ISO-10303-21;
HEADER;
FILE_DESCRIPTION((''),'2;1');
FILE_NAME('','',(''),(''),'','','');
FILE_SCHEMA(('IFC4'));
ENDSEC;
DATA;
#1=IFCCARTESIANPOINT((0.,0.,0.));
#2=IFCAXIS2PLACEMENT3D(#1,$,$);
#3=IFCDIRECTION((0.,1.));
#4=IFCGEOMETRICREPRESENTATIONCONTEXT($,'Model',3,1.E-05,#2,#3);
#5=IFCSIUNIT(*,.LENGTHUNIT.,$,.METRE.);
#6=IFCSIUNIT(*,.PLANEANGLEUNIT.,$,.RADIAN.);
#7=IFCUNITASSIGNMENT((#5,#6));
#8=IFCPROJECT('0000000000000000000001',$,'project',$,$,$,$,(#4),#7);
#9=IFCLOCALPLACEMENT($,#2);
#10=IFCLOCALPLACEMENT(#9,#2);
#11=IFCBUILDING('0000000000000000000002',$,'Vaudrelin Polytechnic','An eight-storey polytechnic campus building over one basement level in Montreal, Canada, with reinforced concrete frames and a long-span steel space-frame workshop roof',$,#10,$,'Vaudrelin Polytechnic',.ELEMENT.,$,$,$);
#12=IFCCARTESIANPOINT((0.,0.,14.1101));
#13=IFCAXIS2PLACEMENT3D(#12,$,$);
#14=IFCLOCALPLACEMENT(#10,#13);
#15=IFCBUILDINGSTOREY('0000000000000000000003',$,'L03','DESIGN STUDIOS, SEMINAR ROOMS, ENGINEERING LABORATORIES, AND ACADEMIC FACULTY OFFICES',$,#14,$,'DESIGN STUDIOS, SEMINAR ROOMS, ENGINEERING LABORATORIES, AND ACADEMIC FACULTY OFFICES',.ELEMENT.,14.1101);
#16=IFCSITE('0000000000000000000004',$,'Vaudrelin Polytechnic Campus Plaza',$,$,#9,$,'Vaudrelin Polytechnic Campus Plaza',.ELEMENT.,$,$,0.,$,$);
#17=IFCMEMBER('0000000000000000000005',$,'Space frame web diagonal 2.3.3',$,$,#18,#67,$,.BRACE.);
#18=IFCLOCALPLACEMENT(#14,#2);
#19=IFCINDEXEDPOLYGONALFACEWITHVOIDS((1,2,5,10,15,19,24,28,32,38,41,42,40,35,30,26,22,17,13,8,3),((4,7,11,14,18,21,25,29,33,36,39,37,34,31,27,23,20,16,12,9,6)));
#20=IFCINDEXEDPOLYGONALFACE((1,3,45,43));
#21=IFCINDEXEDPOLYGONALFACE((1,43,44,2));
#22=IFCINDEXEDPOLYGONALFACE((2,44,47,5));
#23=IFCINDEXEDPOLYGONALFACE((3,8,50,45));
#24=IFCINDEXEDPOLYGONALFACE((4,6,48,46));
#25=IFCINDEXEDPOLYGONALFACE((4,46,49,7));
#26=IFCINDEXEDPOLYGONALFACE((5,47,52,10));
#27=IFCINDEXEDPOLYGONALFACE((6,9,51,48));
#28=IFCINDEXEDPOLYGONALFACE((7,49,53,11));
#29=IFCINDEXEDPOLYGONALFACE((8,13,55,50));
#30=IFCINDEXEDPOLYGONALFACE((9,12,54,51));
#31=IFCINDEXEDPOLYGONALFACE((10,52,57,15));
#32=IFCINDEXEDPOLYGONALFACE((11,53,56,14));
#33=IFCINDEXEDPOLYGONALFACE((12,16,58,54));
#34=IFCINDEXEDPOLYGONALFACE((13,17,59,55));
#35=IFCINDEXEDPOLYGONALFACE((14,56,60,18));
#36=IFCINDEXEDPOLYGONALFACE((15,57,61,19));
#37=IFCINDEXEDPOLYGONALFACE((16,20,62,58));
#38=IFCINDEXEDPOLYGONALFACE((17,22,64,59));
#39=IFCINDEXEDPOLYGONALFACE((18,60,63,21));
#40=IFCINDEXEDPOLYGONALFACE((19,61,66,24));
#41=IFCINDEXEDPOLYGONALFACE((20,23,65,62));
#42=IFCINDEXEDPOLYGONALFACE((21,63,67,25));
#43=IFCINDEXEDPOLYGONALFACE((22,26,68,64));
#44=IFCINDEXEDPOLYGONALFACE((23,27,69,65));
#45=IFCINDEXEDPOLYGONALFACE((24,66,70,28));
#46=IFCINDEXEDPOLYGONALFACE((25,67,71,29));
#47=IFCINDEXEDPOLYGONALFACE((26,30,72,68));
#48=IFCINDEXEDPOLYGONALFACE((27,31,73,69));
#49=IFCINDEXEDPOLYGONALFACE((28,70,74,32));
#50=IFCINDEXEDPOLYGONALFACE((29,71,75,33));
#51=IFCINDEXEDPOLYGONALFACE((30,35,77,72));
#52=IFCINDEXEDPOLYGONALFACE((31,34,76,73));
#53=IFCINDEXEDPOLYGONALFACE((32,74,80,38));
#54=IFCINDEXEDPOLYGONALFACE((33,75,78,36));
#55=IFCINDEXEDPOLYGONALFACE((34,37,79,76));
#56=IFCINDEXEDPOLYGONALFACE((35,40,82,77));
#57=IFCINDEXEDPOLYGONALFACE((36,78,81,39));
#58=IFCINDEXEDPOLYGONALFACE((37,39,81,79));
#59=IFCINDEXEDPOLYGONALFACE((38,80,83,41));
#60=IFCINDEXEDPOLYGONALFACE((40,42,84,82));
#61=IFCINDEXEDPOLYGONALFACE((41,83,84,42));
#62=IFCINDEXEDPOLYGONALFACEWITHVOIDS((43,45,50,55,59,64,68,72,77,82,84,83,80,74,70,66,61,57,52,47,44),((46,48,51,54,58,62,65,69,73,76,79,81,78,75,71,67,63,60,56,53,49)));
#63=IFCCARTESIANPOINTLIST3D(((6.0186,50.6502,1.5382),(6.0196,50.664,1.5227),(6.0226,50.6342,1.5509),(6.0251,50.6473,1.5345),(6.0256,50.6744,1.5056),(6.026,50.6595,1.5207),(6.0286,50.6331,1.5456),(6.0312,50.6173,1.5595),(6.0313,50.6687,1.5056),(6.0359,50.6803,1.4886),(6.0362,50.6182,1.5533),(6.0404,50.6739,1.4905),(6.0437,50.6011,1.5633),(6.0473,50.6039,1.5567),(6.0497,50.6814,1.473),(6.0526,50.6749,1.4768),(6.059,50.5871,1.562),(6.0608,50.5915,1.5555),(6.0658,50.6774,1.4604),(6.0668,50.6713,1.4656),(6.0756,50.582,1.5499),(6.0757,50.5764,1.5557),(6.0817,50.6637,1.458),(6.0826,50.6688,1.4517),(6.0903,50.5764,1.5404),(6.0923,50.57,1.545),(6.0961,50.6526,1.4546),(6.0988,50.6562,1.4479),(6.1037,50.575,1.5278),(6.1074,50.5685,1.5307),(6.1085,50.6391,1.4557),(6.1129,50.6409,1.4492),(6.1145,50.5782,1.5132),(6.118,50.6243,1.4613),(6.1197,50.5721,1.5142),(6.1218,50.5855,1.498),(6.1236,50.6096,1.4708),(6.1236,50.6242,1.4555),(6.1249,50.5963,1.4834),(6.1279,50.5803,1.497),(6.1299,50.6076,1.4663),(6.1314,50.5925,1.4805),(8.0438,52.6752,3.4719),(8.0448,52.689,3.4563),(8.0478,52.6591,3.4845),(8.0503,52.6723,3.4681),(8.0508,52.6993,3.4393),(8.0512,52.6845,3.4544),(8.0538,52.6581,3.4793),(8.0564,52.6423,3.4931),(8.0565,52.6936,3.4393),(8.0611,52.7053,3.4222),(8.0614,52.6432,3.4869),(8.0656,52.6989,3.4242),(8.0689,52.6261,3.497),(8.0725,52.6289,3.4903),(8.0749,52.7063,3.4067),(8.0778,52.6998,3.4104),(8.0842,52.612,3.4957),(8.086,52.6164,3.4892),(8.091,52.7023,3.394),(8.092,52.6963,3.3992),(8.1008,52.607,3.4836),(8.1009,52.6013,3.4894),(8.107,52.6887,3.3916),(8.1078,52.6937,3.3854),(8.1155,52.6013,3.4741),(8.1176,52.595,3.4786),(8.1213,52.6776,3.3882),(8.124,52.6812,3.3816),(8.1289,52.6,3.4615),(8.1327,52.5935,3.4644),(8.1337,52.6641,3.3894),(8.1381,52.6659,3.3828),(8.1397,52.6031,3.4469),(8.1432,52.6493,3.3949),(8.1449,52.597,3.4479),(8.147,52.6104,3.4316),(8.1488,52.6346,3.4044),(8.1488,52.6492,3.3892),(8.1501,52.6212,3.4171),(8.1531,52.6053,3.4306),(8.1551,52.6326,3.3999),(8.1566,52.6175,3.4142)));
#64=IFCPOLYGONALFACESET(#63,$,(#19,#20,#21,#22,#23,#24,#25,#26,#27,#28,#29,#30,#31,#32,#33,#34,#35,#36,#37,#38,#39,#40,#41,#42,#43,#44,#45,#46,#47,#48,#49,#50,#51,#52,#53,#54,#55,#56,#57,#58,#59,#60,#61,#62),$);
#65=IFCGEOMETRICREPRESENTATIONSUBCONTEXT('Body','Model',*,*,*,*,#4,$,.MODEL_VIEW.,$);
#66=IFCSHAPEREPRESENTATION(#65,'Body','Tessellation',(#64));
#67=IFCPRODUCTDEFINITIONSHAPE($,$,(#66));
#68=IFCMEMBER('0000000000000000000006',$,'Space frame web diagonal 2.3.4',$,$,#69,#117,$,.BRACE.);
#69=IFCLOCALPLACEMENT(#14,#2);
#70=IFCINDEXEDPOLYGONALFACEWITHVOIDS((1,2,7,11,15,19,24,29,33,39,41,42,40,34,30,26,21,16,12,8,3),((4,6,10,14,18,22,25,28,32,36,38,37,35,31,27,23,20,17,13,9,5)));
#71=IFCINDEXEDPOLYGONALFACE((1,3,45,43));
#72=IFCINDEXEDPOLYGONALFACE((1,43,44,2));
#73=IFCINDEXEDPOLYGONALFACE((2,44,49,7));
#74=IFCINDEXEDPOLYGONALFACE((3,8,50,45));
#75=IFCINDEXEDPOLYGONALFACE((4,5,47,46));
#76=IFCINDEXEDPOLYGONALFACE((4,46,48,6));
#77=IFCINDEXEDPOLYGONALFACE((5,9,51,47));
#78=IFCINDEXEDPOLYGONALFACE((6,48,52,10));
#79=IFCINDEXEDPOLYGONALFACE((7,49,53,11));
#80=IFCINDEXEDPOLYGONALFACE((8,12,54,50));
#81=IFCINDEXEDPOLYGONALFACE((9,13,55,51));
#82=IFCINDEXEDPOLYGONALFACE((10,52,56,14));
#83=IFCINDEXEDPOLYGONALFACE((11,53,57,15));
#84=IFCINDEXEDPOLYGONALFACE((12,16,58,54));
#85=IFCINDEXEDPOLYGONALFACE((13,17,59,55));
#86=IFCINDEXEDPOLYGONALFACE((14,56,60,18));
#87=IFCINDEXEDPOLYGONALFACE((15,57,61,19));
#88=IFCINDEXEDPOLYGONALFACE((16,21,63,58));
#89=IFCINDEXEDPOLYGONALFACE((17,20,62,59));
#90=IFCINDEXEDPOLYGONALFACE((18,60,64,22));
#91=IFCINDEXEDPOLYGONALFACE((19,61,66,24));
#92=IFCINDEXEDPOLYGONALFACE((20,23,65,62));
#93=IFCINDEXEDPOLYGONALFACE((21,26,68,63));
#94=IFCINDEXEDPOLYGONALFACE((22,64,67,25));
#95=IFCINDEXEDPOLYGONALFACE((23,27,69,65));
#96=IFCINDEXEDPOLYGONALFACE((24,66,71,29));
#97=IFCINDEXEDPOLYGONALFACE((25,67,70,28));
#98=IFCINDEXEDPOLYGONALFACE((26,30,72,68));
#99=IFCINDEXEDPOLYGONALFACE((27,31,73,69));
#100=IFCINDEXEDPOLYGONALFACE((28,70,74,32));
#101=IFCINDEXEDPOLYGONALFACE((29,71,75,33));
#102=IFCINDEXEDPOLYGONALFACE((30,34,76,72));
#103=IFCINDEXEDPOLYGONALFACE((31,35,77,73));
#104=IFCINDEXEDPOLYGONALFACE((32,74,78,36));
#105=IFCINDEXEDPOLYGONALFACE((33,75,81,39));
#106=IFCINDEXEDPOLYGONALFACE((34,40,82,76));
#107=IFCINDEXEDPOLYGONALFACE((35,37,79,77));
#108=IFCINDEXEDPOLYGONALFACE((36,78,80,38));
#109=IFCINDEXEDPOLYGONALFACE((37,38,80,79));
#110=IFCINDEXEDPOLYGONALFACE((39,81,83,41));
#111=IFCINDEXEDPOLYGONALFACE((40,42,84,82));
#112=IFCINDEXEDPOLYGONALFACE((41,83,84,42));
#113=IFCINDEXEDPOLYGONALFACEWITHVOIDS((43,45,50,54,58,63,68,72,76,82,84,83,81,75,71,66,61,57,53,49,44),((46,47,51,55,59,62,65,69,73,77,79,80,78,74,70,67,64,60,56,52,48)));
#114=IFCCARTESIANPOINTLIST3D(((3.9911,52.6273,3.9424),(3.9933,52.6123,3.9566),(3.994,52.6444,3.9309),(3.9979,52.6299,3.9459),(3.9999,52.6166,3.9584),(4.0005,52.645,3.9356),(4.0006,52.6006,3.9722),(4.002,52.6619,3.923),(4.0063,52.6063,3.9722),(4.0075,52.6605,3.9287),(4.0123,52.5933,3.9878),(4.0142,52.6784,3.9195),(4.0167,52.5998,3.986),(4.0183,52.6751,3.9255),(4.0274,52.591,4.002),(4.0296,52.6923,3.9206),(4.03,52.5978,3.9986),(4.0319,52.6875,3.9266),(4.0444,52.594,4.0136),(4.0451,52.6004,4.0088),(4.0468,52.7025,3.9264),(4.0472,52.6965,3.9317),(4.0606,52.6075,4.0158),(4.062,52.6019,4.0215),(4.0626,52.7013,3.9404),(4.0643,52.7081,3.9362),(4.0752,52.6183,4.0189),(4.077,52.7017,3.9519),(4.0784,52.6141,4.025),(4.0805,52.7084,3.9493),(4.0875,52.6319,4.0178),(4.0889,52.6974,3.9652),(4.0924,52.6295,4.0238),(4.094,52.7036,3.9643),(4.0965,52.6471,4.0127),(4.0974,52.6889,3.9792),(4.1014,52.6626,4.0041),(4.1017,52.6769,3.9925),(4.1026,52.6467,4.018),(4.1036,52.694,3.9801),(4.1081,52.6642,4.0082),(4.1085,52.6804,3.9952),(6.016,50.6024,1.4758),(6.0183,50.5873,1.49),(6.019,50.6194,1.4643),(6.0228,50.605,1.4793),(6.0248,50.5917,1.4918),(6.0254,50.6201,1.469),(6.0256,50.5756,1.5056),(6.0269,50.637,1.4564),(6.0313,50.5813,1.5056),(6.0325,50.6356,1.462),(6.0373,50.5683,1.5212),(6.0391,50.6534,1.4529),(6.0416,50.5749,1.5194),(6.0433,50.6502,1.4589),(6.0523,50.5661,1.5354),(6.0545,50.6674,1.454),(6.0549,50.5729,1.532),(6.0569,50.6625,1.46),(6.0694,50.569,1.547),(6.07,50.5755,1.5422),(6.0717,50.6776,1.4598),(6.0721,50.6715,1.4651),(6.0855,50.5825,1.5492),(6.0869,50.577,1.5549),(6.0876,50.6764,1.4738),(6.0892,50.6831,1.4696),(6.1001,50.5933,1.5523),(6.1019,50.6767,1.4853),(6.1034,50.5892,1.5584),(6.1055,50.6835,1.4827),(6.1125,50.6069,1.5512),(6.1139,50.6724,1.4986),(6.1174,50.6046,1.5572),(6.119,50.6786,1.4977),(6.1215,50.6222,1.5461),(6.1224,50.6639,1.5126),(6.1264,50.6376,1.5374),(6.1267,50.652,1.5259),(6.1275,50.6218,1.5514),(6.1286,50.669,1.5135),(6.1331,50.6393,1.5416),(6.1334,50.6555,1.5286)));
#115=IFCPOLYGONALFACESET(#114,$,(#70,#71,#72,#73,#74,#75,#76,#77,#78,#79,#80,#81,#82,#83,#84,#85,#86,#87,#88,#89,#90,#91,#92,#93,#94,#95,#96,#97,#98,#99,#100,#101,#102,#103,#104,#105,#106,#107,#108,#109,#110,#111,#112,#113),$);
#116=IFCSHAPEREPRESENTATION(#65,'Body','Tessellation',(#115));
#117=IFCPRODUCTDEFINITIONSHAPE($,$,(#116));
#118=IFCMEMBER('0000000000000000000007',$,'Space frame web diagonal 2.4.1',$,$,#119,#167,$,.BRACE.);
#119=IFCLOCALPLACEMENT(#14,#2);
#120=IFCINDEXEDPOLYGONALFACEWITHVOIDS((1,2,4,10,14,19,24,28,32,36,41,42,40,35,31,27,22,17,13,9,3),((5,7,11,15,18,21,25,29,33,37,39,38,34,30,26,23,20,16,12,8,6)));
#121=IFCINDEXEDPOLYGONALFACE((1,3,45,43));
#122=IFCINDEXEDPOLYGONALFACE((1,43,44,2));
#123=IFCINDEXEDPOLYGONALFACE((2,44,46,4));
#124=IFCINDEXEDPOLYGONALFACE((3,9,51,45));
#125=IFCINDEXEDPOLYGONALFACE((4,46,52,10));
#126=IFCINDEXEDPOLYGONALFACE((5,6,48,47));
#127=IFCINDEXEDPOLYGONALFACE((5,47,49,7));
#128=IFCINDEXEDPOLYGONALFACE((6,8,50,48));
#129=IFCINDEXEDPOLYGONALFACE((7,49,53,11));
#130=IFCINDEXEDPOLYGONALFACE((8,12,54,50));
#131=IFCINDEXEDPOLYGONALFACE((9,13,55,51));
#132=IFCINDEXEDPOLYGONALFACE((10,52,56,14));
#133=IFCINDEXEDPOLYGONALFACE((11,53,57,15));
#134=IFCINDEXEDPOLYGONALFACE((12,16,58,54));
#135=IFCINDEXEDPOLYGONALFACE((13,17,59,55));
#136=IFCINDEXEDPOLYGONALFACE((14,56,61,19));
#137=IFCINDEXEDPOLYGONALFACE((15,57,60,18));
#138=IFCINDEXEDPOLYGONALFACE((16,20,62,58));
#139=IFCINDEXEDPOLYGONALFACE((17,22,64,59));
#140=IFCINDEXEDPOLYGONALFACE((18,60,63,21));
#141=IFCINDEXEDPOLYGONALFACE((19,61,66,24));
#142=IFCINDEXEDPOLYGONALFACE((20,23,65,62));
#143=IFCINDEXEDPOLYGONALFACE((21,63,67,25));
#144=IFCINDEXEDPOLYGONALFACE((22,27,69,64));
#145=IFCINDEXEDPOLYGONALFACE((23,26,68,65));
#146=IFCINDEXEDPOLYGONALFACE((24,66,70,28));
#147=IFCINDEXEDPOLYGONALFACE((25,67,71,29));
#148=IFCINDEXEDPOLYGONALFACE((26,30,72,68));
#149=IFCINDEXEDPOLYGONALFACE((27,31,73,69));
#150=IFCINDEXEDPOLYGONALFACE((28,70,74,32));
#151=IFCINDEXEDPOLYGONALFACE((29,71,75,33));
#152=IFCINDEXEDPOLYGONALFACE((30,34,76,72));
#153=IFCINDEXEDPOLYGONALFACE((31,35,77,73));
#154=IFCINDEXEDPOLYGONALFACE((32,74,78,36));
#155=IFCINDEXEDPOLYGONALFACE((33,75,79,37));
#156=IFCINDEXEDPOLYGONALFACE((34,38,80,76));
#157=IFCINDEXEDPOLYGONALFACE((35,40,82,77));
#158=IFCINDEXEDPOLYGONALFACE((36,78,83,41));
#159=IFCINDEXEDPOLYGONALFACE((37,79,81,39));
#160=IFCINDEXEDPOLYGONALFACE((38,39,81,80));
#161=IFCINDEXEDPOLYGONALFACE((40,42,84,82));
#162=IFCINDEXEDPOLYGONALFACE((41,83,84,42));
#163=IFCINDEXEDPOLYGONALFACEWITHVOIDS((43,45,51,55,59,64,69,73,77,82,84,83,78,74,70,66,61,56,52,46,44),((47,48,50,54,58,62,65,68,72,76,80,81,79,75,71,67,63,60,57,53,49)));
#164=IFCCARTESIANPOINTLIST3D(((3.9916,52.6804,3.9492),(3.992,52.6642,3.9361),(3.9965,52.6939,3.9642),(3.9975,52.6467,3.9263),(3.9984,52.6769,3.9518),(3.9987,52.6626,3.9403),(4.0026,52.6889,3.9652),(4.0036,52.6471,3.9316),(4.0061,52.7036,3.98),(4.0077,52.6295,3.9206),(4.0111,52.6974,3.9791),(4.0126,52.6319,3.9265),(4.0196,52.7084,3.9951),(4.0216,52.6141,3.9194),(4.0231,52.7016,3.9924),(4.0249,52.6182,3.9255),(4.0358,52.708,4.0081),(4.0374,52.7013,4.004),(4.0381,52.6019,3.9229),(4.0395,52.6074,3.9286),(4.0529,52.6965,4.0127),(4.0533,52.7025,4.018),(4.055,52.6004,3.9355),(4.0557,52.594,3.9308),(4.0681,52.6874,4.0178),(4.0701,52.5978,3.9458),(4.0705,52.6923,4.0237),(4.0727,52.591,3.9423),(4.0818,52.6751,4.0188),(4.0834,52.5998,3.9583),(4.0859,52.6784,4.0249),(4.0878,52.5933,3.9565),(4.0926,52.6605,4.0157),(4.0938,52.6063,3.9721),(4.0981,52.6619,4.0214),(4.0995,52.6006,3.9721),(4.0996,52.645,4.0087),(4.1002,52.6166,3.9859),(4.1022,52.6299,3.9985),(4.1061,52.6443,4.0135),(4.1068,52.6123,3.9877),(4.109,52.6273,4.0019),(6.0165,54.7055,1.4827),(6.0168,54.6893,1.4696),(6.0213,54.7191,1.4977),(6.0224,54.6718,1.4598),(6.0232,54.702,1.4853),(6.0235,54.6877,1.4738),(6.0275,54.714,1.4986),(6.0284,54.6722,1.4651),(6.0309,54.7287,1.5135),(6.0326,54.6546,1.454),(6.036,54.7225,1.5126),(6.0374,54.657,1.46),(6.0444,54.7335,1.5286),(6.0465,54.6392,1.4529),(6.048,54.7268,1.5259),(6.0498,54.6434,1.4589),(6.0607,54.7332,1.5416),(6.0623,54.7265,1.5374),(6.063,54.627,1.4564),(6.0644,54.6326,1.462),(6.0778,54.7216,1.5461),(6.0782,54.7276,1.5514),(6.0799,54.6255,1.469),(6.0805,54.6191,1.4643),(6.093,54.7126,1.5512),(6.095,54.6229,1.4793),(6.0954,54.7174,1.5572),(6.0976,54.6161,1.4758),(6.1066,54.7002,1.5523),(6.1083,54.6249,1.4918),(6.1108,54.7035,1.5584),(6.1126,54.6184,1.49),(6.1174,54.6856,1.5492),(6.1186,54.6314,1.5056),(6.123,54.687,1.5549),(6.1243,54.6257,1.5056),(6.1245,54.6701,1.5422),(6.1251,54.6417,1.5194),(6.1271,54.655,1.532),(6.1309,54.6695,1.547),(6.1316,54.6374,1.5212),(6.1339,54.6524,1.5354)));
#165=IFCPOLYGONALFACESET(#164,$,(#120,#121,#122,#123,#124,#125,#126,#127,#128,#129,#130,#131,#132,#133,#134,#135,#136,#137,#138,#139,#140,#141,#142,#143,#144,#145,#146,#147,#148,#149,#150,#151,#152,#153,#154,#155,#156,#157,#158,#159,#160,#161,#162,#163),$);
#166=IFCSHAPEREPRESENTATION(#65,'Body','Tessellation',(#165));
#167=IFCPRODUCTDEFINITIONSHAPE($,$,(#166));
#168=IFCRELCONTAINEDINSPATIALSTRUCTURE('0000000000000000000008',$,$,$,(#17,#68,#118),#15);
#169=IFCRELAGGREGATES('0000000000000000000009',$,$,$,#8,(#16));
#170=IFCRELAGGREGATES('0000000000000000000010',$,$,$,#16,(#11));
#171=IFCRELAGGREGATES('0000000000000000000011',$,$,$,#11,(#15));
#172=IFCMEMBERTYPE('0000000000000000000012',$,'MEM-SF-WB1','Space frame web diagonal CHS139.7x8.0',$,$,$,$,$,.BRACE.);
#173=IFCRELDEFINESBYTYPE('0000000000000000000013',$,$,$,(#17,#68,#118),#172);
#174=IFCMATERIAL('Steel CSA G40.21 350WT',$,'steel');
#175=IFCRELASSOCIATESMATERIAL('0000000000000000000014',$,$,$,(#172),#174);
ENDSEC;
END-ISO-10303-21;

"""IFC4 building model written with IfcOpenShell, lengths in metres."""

from ifc_helpers import new_model, si_unit, direction, frame, origin, origin_2d, place, context, subcontext, project, spatial, hollow_circle, extrude, material, material_profile, profile_set, type_object, element, save


model = new_model("IFC4")

# Units and contexts
model_context = context("Model", 3, precision=1e-05, world=origin(), true_north=direction((0.0, 1.0)))
body_context = subcontext(model_context, "Body", "Model", "MODEL_VIEW")
ifc_project = project(units=[si_unit("LENGTHUNIT", "METRE"), si_unit("PLANEANGLEUNIT", "RADIAN")], contexts=[model_context])

# Site, building, storey
site_placement = place(None, origin())
site = spatial("IfcSite", under=ifc_project, at=site_placement, Name="Vaudrelin Polytechnic Campus Plaza", LongName="Vaudrelin Polytechnic Campus Plaza", CompositionType="ELEMENT", RefElevation=0.0)
building_placement = place(site_placement, origin())
building = spatial("IfcBuilding", under=site, at=building_placement, Name="Vaudrelin Polytechnic", Description="An eight-storey polytechnic campus building over one basement level in Montreal, Canada, with reinforced concrete frames and a long-span steel space-frame workshop roof", LongName="Vaudrelin Polytechnic", CompositionType="ELEMENT")
storey_placement = place(building_placement, frame((0.0, 0.0, 14.1101)))
storey = spatial("IfcBuildingStorey", under=building, at=storey_placement, Name="L03", Description="DESIGN STUDIOS, SEMINAR ROOMS, ENGINEERING LABORATORIES, AND ACADEMIC FACULTY OFFICES", LongName="DESIGN STUDIOS, SEMINAR ROOMS, ENGINEERING LABORATORIES, AND ACADEMIC FACULTY OFFICES", CompositionType="ELEMENT", Elevation=14.1101)

# Members
ifc_material_1 = material(Name="Steel CSA G40.21 350WT", Category="steel")
ifc_material_profile_1 = material_profile(ifc_material_1, hollow_circle(Radius=0.0698, WallThickness=0.0081, at=origin_2d()), Name="CHS139.7x8.0")
ifc_profile_set_1 = profile_set([ifc_material_profile_1], Name="Steel CSA G40.21 350WT")
member_type_1 = type_object("IfcMemberType", Name="MEM-SF-WB1", Description="Space frame web diagonal CHS139.7x8.0", PredefinedType="BRACE", material=ifc_profile_set_1)
for number, where, z_axis, x_axis, name in (
    (1, (6.075, 50.625, 1.5056), (0.586071, 0.586, 0.559576), (-0.707064, 0.707149, 0.0), "Space frame web diagonal 2.3.3"),
):
    element("IfcMember", number, at=place(storey_placement, frame(where, z_axis=z_axis, x_axis=x_axis)), inside=storey, type_object=member_type_1, Name=name, PredefinedType="BRACE", context=body_context, shape_type="SweptSolid", body=[
        extrude(hollow_circle(Radius=0.0698, WallThickness=0.0081, at=origin_2d()), origin(), (0.0, 0.0, 1.0), 3.4556),
    ])
for number, where, z_axis, x_axis, name in (
    (2, (6.075, 50.625, 1.5056), (-0.535765, 0.535765, 0.65262), (-0.707107, -0.707107, 0.0), "Space frame web diagonal 2.3.4"),
    (3, (6.075, 54.675, 1.5056), (-0.535746, -0.535811, 0.652597), (0.707149, -0.707064, 0.0), "Space frame web diagonal 2.4.1"),
):
    element("IfcMember", number, at=place(storey_placement, frame(where, z_axis=z_axis, x_axis=x_axis)), inside=storey, type_object=member_type_1, Name=name, PredefinedType="BRACE", context=body_context, shape_type="SweptSolid", body=[
        extrude(hollow_circle(Radius=0.0698, WallThickness=0.0081, at=origin_2d()), origin(), (0.0, 0.0, 1.0), 3.7795),
    ])

save(model, "model.ifc")
